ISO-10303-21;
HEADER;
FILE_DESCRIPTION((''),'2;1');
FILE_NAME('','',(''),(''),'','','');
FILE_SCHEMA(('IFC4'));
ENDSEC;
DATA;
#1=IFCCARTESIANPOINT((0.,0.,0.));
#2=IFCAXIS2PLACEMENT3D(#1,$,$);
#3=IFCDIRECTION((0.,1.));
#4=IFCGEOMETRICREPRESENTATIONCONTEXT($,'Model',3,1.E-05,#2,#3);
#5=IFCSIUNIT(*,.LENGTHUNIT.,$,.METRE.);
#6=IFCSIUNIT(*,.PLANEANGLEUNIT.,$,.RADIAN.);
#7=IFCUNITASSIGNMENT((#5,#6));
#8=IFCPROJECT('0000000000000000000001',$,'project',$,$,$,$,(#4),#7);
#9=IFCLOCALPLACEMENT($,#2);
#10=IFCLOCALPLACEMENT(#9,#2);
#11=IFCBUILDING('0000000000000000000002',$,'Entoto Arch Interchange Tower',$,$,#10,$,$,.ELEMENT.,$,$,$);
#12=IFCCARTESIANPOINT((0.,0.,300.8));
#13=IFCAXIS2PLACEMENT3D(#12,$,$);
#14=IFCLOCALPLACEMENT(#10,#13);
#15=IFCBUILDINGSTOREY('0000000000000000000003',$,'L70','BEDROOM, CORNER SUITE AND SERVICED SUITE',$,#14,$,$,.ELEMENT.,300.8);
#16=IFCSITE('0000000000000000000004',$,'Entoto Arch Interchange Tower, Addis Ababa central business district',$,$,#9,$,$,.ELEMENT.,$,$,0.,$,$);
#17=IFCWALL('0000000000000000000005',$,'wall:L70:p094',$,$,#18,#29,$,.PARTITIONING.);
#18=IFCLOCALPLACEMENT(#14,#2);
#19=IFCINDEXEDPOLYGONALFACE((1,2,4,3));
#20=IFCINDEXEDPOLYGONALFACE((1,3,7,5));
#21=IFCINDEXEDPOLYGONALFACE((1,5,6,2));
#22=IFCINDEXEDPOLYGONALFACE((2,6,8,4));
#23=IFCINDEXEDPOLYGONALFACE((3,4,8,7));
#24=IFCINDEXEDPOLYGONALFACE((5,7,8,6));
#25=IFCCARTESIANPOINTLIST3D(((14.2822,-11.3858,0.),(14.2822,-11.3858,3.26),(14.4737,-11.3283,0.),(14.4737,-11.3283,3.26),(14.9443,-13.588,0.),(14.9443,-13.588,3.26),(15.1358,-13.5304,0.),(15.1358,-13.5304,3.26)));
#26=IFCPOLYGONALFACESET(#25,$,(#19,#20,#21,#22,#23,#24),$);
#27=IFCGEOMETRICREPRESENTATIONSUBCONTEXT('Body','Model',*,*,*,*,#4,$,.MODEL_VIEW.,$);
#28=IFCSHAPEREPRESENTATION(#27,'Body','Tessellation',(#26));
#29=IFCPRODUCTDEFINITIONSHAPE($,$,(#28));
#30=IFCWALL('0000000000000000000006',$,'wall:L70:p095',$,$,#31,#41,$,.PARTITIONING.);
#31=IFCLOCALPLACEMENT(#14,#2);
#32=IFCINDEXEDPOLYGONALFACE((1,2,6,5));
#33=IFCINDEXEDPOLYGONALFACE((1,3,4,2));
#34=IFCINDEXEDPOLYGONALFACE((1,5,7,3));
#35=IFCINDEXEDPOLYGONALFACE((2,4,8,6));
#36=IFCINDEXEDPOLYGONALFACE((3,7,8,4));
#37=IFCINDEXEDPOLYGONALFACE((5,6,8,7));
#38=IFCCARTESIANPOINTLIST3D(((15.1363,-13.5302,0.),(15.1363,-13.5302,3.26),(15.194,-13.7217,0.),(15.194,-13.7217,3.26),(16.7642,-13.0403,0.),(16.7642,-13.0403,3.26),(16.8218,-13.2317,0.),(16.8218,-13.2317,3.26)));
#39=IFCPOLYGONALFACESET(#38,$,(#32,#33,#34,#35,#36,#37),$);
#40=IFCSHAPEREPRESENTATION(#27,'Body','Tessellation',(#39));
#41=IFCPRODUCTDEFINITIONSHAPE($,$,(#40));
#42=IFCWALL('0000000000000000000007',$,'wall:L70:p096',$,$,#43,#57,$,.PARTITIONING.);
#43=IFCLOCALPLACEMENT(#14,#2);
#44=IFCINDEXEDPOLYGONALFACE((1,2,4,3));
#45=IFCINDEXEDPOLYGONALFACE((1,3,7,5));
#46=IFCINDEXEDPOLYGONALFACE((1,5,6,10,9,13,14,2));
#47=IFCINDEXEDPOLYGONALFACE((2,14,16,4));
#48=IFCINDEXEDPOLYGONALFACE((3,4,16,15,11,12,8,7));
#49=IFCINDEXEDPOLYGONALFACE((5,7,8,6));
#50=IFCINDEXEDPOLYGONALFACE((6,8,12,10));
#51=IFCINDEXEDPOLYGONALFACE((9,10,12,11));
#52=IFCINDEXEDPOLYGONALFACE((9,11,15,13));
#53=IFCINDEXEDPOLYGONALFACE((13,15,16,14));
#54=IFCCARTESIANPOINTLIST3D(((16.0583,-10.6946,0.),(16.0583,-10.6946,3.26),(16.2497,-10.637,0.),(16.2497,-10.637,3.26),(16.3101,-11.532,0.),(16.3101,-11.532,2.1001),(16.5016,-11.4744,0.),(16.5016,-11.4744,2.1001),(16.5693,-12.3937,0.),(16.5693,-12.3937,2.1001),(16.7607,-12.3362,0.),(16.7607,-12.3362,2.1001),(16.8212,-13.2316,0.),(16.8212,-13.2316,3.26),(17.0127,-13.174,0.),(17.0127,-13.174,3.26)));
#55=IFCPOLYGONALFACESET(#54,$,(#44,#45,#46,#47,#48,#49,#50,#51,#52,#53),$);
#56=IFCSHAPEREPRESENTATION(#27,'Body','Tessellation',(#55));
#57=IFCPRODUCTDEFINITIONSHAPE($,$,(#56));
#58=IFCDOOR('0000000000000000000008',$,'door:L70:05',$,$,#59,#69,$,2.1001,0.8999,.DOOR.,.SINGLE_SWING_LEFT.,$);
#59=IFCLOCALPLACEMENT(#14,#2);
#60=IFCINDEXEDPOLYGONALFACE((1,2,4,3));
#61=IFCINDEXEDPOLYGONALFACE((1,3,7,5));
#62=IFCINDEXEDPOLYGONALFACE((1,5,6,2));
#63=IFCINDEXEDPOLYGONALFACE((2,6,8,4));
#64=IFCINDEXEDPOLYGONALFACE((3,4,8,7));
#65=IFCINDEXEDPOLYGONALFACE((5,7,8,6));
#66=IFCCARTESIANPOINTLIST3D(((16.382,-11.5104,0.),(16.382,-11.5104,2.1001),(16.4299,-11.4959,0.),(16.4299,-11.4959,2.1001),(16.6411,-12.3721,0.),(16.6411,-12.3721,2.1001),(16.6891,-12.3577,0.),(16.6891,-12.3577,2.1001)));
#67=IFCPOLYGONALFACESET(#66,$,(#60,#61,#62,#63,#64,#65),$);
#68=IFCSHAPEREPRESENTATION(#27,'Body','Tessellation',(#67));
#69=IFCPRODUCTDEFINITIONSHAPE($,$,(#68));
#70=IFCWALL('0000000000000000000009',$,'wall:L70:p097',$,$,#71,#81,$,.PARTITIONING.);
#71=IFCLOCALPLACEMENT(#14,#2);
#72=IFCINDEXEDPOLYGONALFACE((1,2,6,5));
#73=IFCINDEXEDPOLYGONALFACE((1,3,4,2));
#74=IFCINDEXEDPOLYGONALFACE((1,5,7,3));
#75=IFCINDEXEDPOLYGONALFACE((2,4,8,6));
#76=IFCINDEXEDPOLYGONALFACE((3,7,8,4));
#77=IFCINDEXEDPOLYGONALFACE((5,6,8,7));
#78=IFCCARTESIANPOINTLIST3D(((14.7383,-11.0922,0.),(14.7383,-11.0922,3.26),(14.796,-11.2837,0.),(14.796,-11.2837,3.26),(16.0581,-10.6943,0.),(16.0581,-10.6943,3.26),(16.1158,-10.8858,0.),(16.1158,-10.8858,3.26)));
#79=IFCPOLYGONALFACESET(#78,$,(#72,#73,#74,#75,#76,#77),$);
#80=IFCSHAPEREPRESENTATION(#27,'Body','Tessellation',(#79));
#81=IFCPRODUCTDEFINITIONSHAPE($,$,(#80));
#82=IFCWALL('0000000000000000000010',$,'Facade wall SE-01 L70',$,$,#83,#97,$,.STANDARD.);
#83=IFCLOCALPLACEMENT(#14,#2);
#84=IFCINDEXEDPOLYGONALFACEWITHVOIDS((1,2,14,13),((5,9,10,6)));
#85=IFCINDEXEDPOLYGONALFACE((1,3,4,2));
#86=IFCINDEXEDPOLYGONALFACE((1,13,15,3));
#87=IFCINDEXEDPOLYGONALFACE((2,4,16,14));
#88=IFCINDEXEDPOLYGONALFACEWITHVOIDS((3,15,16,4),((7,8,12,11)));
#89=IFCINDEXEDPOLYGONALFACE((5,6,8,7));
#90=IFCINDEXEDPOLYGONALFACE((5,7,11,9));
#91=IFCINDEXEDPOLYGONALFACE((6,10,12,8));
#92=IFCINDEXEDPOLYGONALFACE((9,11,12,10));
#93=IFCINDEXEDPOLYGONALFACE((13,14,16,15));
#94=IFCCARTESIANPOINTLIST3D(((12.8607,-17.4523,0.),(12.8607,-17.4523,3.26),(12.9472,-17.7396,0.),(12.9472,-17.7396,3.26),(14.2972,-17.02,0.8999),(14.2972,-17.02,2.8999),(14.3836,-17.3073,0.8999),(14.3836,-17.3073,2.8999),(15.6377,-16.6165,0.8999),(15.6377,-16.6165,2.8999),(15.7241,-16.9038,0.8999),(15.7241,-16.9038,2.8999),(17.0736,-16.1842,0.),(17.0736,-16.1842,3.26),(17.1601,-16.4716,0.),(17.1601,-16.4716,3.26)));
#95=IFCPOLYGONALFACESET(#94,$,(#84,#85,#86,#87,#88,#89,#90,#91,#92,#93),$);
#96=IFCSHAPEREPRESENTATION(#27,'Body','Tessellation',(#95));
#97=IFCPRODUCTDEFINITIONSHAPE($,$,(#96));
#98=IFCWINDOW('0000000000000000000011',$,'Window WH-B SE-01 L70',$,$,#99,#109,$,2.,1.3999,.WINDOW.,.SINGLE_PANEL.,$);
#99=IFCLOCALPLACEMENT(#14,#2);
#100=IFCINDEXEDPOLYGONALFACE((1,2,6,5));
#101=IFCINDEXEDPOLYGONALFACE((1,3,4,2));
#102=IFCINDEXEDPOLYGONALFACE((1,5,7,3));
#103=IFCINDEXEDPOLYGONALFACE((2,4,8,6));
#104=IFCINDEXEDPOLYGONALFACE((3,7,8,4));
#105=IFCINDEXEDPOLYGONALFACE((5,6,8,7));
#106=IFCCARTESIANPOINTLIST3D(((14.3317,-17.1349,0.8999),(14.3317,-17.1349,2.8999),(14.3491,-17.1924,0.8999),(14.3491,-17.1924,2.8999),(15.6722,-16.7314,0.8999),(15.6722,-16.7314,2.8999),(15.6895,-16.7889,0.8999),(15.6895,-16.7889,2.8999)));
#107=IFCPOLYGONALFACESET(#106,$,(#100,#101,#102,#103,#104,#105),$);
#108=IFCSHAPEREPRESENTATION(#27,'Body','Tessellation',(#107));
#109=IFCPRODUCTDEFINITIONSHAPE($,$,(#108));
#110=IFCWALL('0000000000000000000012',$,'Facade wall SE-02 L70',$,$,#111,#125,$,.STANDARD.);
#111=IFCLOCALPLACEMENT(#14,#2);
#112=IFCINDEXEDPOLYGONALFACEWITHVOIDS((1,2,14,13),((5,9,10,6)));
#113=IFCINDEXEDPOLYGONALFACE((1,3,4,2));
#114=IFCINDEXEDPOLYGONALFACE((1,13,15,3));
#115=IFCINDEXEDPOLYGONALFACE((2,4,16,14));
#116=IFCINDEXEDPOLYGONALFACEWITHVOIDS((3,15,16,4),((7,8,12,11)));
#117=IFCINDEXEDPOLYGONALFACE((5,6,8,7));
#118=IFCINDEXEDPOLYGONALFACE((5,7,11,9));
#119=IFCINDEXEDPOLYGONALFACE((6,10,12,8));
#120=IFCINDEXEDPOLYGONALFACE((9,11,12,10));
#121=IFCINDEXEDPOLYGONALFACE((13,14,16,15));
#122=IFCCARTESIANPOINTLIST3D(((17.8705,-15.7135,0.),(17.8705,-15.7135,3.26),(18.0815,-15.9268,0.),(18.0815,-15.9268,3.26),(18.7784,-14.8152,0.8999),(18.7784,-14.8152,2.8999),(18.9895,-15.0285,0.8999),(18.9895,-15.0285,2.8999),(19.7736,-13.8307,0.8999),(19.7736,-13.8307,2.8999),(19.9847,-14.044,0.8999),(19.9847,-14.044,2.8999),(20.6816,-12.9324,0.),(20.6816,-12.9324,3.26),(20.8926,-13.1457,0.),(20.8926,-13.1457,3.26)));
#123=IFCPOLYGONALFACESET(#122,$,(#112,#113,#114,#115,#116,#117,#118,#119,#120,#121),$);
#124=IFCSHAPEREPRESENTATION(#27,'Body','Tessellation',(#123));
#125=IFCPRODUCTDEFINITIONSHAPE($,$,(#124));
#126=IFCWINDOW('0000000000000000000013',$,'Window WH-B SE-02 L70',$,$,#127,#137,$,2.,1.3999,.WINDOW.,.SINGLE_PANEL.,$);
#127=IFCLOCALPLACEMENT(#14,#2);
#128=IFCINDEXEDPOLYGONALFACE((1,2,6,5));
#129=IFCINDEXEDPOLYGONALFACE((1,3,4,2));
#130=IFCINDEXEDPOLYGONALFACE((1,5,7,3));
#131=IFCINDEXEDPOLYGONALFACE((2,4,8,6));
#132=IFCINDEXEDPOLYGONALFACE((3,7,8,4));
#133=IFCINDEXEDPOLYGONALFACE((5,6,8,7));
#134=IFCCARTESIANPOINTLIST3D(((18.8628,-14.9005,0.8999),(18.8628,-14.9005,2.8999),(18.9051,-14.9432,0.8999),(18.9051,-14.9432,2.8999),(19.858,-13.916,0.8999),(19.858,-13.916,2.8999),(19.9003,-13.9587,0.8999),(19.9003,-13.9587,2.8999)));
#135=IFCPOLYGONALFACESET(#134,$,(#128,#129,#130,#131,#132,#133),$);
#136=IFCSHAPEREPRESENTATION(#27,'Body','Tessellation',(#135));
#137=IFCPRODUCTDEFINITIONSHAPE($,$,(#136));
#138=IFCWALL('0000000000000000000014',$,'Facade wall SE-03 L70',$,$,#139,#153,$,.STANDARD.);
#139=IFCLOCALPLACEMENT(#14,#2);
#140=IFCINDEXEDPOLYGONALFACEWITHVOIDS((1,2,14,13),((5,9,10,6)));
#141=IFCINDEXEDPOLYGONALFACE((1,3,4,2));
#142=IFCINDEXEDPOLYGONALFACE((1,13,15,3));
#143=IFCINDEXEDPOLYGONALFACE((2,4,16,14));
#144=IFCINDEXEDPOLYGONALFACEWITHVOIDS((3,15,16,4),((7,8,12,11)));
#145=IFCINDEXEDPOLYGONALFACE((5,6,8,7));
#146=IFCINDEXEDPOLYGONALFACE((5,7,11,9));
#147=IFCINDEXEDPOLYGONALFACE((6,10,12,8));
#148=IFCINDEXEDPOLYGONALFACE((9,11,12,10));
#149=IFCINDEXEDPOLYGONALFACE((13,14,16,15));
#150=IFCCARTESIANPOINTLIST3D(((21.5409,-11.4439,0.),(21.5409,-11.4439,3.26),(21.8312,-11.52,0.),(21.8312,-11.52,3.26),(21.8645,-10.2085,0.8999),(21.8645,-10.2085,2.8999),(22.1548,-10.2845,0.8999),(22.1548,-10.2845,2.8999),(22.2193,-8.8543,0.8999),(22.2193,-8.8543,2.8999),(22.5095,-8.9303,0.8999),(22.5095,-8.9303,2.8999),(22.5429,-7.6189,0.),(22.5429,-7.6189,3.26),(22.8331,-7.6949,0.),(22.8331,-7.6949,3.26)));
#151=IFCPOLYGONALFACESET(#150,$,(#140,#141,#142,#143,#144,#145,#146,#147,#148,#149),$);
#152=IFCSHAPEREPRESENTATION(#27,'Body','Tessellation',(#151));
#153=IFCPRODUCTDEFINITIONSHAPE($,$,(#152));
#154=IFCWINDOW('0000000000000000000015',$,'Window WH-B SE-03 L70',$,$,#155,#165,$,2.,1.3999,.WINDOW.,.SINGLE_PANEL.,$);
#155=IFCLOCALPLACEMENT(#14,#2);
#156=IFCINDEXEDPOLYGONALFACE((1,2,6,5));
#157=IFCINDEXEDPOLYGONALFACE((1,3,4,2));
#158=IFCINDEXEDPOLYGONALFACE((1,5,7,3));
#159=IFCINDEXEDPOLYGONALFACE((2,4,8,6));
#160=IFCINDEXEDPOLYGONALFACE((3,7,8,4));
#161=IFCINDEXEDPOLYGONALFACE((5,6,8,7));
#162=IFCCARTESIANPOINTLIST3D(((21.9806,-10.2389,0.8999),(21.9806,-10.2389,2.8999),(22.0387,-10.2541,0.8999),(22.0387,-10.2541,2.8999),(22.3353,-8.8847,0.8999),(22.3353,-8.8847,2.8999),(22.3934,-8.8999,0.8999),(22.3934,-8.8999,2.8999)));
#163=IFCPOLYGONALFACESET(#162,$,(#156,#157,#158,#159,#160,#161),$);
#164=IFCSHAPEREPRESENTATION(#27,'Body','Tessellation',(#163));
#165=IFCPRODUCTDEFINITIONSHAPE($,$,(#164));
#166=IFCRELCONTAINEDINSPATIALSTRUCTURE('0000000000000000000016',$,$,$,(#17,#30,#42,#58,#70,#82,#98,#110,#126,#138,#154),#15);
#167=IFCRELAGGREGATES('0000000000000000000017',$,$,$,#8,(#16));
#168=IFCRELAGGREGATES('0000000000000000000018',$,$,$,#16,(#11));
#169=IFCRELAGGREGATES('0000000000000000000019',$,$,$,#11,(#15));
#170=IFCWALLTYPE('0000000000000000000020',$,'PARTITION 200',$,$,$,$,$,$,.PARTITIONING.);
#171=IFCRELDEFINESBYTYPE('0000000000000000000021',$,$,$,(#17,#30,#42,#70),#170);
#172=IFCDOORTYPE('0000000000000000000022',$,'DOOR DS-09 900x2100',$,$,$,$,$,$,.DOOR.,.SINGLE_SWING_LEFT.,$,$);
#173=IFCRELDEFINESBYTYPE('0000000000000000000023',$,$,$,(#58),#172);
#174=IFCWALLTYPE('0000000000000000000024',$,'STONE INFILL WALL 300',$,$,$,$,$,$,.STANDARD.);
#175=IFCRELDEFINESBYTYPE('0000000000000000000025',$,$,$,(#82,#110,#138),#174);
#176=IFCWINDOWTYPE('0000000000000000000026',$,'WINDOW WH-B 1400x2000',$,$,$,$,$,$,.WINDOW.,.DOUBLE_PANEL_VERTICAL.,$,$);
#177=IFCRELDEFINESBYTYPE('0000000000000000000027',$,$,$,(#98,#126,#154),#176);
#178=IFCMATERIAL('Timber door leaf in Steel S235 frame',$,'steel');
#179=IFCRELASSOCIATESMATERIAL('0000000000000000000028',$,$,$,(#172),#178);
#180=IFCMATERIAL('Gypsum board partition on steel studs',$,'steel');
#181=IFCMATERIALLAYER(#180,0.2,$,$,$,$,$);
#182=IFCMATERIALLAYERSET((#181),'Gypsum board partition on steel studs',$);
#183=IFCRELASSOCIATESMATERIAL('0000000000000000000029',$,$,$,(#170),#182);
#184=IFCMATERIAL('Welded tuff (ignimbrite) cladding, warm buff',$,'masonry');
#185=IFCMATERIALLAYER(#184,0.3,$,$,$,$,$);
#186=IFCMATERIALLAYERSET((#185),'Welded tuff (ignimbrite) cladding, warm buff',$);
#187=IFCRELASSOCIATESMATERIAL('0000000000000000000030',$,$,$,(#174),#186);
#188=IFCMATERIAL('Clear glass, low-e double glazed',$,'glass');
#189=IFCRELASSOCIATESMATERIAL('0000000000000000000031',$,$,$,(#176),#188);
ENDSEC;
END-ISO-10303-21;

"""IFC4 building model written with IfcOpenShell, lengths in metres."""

from ifc_helpers import new_model, si_unit, direction, frame, frame_2d, origin, place, context, subcontext, project, spatial, rectangle, extrude, material, layer, layer_set, type_object, element, fill, save


model = new_model("IFC4")

# Units and contexts
model_context = context("Model", 3, precision=1e-05, world=origin(), true_north=direction((0.0, 1.0)))
body_context = subcontext(model_context, "Body", "Model", "MODEL_VIEW")
ifc_project = project(units=[si_unit("LENGTHUNIT", "METRE"), si_unit("PLANEANGLEUNIT", "RADIAN")], contexts=[model_context])

# Site, building, storey
site_placement = place(None, origin())
site = spatial("IfcSite", under=ifc_project, at=site_placement, Name="Entoto Arch Interchange Tower, Addis Ababa central business district", CompositionType="ELEMENT", RefElevation=0.0)
building_placement = place(site_placement, origin())
building = spatial("IfcBuilding", under=site, at=building_placement, Name="Entoto Arch Interchange Tower", CompositionType="ELEMENT")
storey_placement = place(building_placement, frame((0.0, 0.0, 300.8)))
storey = spatial("IfcBuildingStorey", under=building, at=storey_placement, Name="L70", Description="BEDROOM, CORNER SUITE AND SERVICED SUITE", CompositionType="ELEMENT", Elevation=300.8)

# Shared definitions
ifc_material_1 = material(Name="Gypsum board partition on steel studs", Category="steel")
ifc_material_2 = material(Name="Timber door leaf in Steel S235 frame", Category="steel")
door_type_1 = type_object("IfcDoorType", Name="DOOR DS-09 900x2100", OperationType="SINGLE_SWING_LEFT", PredefinedType="DOOR", material=ifc_material_2)

# Shared definitions
ifc_layer_1 = layer(ifc_material_1, 0.2)
ifc_layer_set_1 = layer_set([ifc_layer_1], Name="Gypsum board partition on steel studs")
wall_type_1 = type_object("IfcWallType", Name="PARTITION 200", PredefinedType="PARTITIONING", material=ifc_layer_set_1)

# Walls
wall_1_placement = place(storey_placement, frame((14.3779, -11.3569, 0.0), z_axis=(0.0, 0.0, 1.0), x_axis=(0.287932, -0.957651, 0.0)))
element("IfcWall", 1, at=wall_1_placement, inside=storey, type_object=wall_type_1, Name="wall:L70:p094", PredefinedType="PARTITIONING", context=body_context, shape_type="SweptSolid", body=[
    extrude(rectangle(XDim=2.2996, YDim=0.2, at=frame_2d((1.1499, 0.0))), origin(), (0.0, 0.0, 1.0), 3.26),
])
wall_2_placement = place(storey_placement, frame((15.165, -13.626, 0.0), z_axis=(0.0, 0.0, 1.0), x_axis=(0.957565, 0.288217, 0.0)))
element("IfcWall", 2, at=wall_2_placement, inside=storey, type_object=wall_type_1, Name="wall:L70:p095", PredefinedType="PARTITIONING", context=body_context, shape_type="SweptSolid", body=[
    extrude(rectangle(XDim=1.7, YDim=0.2, at=frame_2d((0.8501, 0.0))), origin(), (0.0, 0.0, 1.0), 3.26),
])

# Wall, opening, door
wall_3_placement = place(storey_placement, frame((16.917, -13.2029, 0.0), z_axis=(0.0, 0.0, 1.0), x_axis=(-0.287999, 0.957631, 0.0)))
wall_3 = element("IfcWall", 3, at=wall_3_placement, inside=storey, type_object=wall_type_1, Name="wall:L70:p096", PredefinedType="PARTITIONING", context=body_context, shape_type="SweptSolid", body=[
    extrude(rectangle(XDim=2.6492, YDim=0.2, at=frame_2d((1.3247, 0.0))), origin(), (0.0, 0.0, 1.0), 3.26),
])
opening_1_placement = place(wall_3_placement, frame((0.875, 0.0, 0.0)))
opening_1 = element("IfcOpeningElement", 4, at=opening_1_placement, cuts=wall_3, PredefinedType="OPENING", context=body_context, shape_type="SweptSolid", body=[
    extrude(rectangle(XDim=0.8999, YDim=2.1001, at=frame_2d((0.45, 1.05))), frame((0.0, 0.1099, 0.0), z_axis=(0.0, -1.0, 0.0), x_axis=(1.0, 0.0, 0.0)), (0.0, 0.0, 1.0), 0.22),
])
door_1_placement = place(opening_1_placement, origin())
door_1 = element("IfcDoor", 5, at=door_1_placement, inside=storey, type_object=door_type_1, Name="door:L70:05", OperationType="SINGLE_SWING_LEFT", OverallHeight=2.1001, OverallWidth=0.8999, PredefinedType="DOOR", context=body_context, shape_type="SweptSolid", body=[
    extrude(rectangle(XDim=0.8999, YDim=2.1001, at=frame_2d((0.45, 1.05))), frame((0.0, 0.0249, 0.0), z_axis=(0.0, -1.0, 0.0), x_axis=(1.0, 0.0, 0.0)), (0.0, 0.0, 1.0), 0.05),
])
fill(opening_1, door_1)

# Wall
wall_4_placement = place(storey_placement, frame((16.0869, -10.79, 0.0), z_axis=(0.0, 0.0, 1.0), x_axis=(-0.957426, -0.28868, 0.0)))
element("IfcWall", 6, at=wall_4_placement, inside=storey, type_object=wall_type_1, Name="wall:L70:p097", PredefinedType="PARTITIONING", context=body_context, shape_type="SweptSolid", body=[
    extrude(rectangle(XDim=1.3784, YDim=0.2, at=frame_2d((0.6892, 0.0))), origin(), (0.0, 0.0, 1.0), 3.26),
])

# Walls, openings, windows
ifc_material_3 = material(Name="Welded tuff (ignimbrite) cladding, warm buff", Category="masonry")
ifc_layer_2 = layer(ifc_material_3, 0.3)
ifc_layer_set_2 = layer_set([ifc_layer_2], Name="Welded tuff (ignimbrite) cladding, warm buff")
wall_type_2 = type_object("IfcWallType", Name="STONE INFILL WALL 300", PredefinedType="STANDARD", material=ifc_layer_set_2)
wall_5_placement = place(storey_placement, frame((12.9041, -17.5959, 0.0), z_axis=(0.0, 0.0, 1.0), x_axis=(0.957563, 0.288223, 0.0)))
wall_5 = element("IfcWall", 7, at=wall_5_placement, inside=storey, type_object=wall_type_2, Name="Facade wall SE-01 L70", PredefinedType="STANDARD", context=body_context, shape_type="SweptSolid", body=[
    extrude(rectangle(XDim=4.3997, YDim=0.3, at=frame_2d((2.1997, 0.0))), origin(), (0.0, 0.0, 1.0), 3.26),
])
opening_2_placement = place(wall_5_placement, frame((1.5, 0.0, 0.8999)))
opening_2 = element("IfcOpeningElement", 8, at=opening_2_placement, cuts=wall_5, PredefinedType="OPENING", context=body_context, shape_type="SweptSolid", body=[
    extrude(rectangle(XDim=1.3999, YDim=2.0, at=frame_2d((0.7, 1.0))), frame((0.0, 0.1602, 0.0), z_axis=(0.0, -1.0, 0.0), x_axis=(1.0, 0.0, 0.0)), (0.0, 0.0, 1.0), 0.3201),
])
ifc_material_4 = material(Name="Clear glass, low-e double glazed", Category="glass")
window_type = type_object("IfcWindowType", Name="WINDOW WH-B 1400x2000", PartitioningType="DOUBLE_PANEL_VERTICAL", PredefinedType="WINDOW", material=ifc_material_4)
window_1_placement = place(opening_2_placement, origin())
window_1 = element("IfcWindow", 9, at=window_1_placement, inside=storey, type_object=window_type, Name="Window WH-B SE-01 L70", OverallHeight=2.0, OverallWidth=1.3999, PartitioningType="SINGLE_PANEL", PredefinedType="WINDOW", context=body_context, shape_type="SweptSolid", body=[
    extrude(rectangle(XDim=1.3999, YDim=2.0, at=frame_2d((0.7, 1.0))), frame((0.0, 0.03, 0.0), z_axis=(0.0, -1.0, 0.0), x_axis=(1.0, 0.0, 0.0)), (0.0, 0.0, 1.0), 0.0601),
])
fill(opening_2, window_1)
wall_6_placement = place(storey_placement, frame((17.9761, -15.8201, 0.0), z_axis=(0.0, 0.0, 1.0), x_axis=(0.710894, 0.703299, 0.0)))
wall_6 = element("IfcWall", 10, at=wall_6_placement, inside=storey, type_object=wall_type_2, Name="Facade wall SE-02 L70", PredefinedType="STANDARD", context=body_context, shape_type="SweptSolid", body=[
    extrude(rectangle(XDim=3.9543, YDim=0.3, at=frame_2d((1.9771, 0.0))), origin(), (0.0, 0.0, 1.0), 3.26),
])
opening_3_placement = place(wall_6_placement, frame((1.2771, 0.0, 0.8999)))
opening_3 = element("IfcOpeningElement", 11, at=opening_3_placement, cuts=wall_6, PredefinedType="OPENING", context=body_context, shape_type="SweptSolid", body=[
    extrude(rectangle(XDim=1.3999, YDim=2.0, at=frame_2d((0.7, 1.0))), frame((0.0, 0.1602, 0.0), z_axis=(0.0, -1.0, 0.0), x_axis=(1.0, 0.0, 0.0)), (0.0, 0.0, 1.0), 0.3201),
])
window_2_placement = place(opening_3_placement, origin())
window_2 = element("IfcWindow", 12, at=window_2_placement, inside=storey, type_object=window_type, Name="Window WH-B SE-02 L70", OverallHeight=2.0, OverallWidth=1.3999, PartitioningType="SINGLE_PANEL", PredefinedType="WINDOW", context=body_context, shape_type="SweptSolid", body=[
    extrude(rectangle(XDim=1.3999, YDim=2.0, at=frame_2d((0.7, 1.0))), frame((0.0, 0.03, 0.0), z_axis=(0.0, -1.0, 0.0), x_axis=(1.0, 0.0, 0.0)), (0.0, 0.0, 1.0), 0.0601),
])
fill(opening_3, window_2)
wall_7_placement = place(storey_placement, frame((21.686, -11.4819, 0.0), z_axis=(0.0, 0.0, 1.0), x_axis=(0.253402, 0.967361, 0.0)))
wall_7 = element("IfcWall", 13, at=wall_7_placement, inside=storey, type_object=wall_type_2, Name="Facade wall SE-03 L70", PredefinedType="STANDARD", context=body_context, shape_type="SweptSolid", body=[
    extrude(rectangle(XDim=3.9541, YDim=0.3, at=frame_2d((1.9771, 0.0))), origin(), (0.0, 0.0, 1.0), 3.26),
])
opening_4_placement = place(wall_7_placement, frame((1.2771, 0.0, 0.8999)))
opening_4 = element("IfcOpeningElement", 14, at=opening_4_placement, cuts=wall_7, PredefinedType="OPENING", context=body_context, shape_type="SweptSolid", body=[
    extrude(rectangle(XDim=1.3999, YDim=2.0, at=frame_2d((0.7, 1.0))), frame((0.0, 0.1602, 0.0), z_axis=(0.0, -1.0, 0.0), x_axis=(1.0, 0.0, 0.0)), (0.0, 0.0, 1.0), 0.3201),
])
window_3_placement = place(opening_4_placement, origin())
window_3 = element("IfcWindow", 15, at=window_3_placement, inside=storey, type_object=window_type, Name="Window WH-B SE-03 L70", OverallHeight=2.0, OverallWidth=1.3999, PartitioningType="SINGLE_PANEL", PredefinedType="WINDOW", context=body_context, shape_type="SweptSolid", body=[
    extrude(rectangle(XDim=1.3999, YDim=2.0, at=frame_2d((0.7, 1.0))), frame((0.0, 0.03, 0.0), z_axis=(0.0, -1.0, 0.0), x_axis=(1.0, 0.0, 0.0)), (0.0, 0.0, 1.0), 0.0601),
])
fill(opening_4, window_3)

save(model, "model.ifc")
